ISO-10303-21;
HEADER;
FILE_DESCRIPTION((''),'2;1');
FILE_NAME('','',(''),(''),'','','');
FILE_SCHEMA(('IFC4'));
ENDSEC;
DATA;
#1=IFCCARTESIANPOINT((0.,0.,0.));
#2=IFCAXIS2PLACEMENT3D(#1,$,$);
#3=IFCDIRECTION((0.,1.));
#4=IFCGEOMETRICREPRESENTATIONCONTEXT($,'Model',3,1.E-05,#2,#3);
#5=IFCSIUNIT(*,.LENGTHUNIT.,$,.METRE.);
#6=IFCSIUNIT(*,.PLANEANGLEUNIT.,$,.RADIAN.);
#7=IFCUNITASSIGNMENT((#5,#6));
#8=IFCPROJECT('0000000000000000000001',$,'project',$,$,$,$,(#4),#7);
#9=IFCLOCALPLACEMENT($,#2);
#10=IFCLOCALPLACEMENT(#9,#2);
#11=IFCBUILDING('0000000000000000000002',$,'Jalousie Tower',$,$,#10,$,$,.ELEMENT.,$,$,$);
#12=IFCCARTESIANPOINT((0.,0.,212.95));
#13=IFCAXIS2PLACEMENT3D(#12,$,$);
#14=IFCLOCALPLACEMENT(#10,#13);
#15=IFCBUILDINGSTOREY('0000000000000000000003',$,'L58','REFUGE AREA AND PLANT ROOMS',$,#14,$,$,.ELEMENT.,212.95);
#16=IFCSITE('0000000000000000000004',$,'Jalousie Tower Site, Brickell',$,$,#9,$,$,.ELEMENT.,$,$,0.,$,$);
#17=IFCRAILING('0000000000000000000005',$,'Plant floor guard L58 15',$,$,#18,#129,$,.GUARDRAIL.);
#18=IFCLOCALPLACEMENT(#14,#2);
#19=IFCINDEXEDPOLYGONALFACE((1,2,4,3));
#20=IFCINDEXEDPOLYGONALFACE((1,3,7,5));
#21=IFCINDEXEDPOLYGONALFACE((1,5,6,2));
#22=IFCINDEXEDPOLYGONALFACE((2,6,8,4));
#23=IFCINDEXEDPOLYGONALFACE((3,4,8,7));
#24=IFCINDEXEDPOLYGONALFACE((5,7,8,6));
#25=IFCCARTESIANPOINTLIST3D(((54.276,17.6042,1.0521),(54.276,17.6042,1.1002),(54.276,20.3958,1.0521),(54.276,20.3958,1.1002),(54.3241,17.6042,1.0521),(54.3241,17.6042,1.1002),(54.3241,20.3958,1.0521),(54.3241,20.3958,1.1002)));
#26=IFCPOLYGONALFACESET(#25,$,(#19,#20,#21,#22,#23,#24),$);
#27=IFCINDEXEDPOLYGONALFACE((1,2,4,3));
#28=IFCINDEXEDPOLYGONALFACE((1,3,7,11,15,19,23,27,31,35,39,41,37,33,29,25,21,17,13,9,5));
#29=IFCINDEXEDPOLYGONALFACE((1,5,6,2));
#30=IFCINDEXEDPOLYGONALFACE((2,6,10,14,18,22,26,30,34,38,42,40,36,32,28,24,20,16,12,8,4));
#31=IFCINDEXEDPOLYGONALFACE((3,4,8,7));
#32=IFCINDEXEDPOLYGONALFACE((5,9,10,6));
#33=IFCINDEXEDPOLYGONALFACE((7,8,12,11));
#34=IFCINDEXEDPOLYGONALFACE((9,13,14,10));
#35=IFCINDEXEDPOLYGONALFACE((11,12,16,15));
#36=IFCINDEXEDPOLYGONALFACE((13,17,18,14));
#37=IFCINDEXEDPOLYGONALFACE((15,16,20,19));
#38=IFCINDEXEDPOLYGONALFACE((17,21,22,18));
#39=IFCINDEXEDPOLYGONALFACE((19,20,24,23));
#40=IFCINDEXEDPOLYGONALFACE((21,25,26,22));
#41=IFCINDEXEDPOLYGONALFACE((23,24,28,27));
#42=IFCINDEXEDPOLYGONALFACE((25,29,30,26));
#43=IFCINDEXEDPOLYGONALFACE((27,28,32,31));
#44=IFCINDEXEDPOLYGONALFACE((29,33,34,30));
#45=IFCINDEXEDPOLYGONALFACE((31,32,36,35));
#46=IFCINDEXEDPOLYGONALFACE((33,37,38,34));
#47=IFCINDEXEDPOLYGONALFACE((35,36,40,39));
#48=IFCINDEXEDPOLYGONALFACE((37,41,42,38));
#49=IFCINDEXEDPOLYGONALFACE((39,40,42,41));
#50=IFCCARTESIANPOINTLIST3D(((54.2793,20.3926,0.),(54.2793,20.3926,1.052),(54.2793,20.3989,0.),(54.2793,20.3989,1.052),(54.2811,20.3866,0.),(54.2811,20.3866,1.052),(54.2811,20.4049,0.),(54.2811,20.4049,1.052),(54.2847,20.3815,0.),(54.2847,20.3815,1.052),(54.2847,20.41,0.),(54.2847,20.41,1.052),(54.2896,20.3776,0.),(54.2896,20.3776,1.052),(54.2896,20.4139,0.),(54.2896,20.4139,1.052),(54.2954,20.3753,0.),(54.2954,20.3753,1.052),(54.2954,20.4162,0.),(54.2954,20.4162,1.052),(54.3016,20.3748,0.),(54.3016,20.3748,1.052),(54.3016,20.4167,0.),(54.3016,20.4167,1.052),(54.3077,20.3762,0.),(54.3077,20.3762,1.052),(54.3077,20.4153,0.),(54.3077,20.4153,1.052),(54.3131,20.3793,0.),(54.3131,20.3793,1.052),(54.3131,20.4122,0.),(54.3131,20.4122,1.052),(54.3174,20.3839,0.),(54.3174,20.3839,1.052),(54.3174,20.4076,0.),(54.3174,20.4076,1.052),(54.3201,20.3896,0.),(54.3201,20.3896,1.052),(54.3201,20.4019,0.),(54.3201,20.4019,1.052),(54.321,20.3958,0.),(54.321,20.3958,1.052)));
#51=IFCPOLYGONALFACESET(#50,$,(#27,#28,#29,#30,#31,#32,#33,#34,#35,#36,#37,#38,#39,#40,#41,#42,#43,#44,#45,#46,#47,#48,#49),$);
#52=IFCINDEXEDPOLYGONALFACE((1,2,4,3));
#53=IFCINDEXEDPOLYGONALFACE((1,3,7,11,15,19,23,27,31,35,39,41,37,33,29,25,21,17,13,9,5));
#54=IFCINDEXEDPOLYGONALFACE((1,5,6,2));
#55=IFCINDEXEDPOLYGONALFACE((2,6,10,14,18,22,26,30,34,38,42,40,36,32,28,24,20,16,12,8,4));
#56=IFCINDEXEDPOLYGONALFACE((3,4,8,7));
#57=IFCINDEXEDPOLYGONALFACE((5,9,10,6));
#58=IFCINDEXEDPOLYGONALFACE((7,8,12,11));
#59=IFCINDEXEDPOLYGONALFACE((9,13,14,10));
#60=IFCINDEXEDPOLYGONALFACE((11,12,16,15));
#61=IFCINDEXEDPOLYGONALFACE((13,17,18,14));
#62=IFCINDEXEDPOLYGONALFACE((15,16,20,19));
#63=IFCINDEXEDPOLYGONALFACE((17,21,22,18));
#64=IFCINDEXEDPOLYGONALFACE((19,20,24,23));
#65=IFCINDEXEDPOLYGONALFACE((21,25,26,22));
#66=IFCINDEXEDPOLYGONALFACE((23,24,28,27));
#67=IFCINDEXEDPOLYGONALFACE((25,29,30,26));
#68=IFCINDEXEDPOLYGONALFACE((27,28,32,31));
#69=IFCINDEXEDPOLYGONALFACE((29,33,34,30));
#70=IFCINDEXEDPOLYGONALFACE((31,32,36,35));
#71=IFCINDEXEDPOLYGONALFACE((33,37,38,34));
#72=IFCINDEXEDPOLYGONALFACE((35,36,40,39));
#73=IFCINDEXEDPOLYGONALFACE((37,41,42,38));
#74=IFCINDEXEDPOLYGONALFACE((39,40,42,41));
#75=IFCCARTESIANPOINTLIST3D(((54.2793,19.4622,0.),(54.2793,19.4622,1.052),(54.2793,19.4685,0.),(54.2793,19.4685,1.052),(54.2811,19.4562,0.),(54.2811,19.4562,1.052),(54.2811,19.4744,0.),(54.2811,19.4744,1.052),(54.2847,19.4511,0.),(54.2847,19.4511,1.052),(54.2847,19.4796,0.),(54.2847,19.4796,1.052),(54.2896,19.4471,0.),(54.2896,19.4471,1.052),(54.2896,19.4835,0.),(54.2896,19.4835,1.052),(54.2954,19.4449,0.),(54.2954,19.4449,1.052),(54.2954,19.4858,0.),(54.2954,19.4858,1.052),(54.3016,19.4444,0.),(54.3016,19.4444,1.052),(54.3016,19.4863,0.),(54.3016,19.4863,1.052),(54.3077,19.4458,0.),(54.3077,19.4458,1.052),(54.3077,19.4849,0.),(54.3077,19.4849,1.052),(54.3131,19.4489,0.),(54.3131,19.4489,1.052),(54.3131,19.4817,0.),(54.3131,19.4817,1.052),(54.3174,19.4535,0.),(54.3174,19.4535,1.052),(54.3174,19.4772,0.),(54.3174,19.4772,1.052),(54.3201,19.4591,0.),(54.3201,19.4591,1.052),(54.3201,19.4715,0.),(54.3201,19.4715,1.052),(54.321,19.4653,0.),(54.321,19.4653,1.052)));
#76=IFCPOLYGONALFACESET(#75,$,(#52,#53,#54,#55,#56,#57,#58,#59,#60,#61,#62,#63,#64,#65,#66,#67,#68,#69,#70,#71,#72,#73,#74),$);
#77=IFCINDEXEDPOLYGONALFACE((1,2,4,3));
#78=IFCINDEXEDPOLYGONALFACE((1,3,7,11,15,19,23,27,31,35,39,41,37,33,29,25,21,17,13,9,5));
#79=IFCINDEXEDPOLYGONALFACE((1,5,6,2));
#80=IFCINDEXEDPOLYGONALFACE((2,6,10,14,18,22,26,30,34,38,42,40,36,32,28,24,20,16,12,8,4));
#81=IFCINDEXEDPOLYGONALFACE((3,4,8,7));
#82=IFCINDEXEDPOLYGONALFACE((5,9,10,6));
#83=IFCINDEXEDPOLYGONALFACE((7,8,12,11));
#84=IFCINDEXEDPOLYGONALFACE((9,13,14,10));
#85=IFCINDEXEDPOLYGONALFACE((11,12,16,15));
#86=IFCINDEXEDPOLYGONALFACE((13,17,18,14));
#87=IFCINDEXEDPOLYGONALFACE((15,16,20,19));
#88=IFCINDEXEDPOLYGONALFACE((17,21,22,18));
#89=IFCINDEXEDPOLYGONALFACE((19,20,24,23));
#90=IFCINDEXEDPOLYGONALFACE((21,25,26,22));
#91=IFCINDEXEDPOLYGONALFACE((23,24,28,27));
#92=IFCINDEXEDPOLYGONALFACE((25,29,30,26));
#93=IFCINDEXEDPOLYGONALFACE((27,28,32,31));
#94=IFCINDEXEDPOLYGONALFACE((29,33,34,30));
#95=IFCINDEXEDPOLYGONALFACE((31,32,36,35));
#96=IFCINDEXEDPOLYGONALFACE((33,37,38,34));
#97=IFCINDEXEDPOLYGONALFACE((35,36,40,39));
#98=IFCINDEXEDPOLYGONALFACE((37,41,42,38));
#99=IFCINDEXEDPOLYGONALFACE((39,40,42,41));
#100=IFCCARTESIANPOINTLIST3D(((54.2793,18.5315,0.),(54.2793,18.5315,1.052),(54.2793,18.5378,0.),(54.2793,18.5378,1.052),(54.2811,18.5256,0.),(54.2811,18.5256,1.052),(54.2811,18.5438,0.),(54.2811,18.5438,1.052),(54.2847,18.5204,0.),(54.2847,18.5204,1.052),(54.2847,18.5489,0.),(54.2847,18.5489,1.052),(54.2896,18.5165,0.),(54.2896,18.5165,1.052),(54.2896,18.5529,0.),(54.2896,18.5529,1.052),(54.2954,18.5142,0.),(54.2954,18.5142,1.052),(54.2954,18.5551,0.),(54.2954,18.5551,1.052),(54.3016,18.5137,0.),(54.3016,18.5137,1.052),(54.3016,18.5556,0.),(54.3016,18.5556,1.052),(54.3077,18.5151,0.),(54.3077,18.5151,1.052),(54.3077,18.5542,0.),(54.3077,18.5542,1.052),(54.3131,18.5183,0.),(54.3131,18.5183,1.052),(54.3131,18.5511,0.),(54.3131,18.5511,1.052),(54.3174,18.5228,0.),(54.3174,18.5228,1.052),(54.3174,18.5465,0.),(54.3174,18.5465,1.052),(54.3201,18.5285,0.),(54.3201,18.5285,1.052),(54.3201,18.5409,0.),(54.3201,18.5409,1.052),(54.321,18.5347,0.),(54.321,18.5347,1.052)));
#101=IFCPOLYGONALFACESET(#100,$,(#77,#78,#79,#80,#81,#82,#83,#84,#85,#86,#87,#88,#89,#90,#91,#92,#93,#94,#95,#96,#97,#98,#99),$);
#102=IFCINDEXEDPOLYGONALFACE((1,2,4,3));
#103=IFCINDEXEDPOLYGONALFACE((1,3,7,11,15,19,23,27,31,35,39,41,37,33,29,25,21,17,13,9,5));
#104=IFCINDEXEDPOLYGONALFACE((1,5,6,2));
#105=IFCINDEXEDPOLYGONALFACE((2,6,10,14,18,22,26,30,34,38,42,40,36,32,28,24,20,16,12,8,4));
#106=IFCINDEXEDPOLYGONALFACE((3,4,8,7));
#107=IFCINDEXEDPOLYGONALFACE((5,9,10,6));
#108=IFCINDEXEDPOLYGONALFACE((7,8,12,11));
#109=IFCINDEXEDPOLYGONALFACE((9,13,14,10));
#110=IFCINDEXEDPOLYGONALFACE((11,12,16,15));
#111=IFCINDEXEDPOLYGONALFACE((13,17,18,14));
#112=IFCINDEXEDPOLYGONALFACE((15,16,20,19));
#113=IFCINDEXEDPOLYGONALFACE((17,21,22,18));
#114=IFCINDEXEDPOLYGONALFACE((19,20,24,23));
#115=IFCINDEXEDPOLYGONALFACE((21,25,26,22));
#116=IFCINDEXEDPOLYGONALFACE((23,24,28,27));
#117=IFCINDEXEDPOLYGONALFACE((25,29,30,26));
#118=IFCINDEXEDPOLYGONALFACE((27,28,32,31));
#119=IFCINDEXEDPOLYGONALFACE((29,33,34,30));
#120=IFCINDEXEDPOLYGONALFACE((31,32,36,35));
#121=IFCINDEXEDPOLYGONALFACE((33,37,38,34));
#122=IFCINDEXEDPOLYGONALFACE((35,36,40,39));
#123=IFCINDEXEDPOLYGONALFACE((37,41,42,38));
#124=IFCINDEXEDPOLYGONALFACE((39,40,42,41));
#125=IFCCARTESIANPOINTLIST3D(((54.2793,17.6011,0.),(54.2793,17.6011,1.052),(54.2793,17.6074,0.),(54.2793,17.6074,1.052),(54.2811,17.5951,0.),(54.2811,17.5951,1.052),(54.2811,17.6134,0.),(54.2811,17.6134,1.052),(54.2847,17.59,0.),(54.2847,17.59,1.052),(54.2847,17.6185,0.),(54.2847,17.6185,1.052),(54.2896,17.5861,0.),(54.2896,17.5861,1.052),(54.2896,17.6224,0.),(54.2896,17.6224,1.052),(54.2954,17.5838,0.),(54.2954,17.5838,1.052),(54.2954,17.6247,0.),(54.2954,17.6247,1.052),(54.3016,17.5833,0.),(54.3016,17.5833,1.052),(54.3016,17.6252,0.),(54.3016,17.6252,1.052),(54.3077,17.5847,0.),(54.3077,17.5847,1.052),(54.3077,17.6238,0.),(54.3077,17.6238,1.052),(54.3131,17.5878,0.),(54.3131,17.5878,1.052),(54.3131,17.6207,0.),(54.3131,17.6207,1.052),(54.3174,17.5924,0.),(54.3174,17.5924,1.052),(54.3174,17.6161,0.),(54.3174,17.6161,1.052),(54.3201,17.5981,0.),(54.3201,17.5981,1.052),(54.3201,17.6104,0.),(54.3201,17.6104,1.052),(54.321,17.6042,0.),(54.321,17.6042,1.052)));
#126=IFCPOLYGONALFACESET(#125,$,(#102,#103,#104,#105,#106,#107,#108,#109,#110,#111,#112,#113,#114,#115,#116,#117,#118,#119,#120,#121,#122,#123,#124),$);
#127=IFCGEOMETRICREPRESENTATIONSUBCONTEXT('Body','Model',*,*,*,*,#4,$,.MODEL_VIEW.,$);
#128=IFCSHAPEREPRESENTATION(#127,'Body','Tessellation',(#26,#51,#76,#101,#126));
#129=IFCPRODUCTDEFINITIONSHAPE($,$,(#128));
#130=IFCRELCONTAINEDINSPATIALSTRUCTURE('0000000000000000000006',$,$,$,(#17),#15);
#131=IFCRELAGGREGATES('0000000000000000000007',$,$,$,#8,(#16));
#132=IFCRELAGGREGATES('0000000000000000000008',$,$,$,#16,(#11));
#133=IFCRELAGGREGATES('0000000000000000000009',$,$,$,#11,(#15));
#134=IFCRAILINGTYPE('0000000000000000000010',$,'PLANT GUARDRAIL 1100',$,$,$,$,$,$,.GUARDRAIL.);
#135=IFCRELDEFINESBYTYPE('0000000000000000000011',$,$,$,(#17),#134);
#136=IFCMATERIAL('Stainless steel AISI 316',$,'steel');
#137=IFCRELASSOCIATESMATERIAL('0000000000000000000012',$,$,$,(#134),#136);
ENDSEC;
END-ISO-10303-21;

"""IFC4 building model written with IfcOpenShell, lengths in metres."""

from ifc_helpers import new_model, si_unit, direction, frame, origin, origin_2d, place, context, subcontext, project, spatial, rectangle, circle, extrude, material, type_object, element, save


model = new_model("IFC4")

# Units and contexts
model_context = context("Model", 3, precision=1e-05, world=origin(), true_north=direction((0.0, 1.0)))
body_context = subcontext(model_context, "Body", "Model", "MODEL_VIEW")
ifc_project = project(units=[si_unit("LENGTHUNIT", "METRE"), si_unit("PLANEANGLEUNIT", "RADIAN")], contexts=[model_context])

# Site, building, storey
site_placement = place(None, origin())
site = spatial("IfcSite", under=ifc_project, at=site_placement, Name="Jalousie Tower Site, Brickell", CompositionType="ELEMENT", RefElevation=0.0)
building_placement = place(site_placement, origin())
building = spatial("IfcBuilding", under=site, at=building_placement, Name="Jalousie Tower", CompositionType="ELEMENT")
storey_placement = place(building_placement, frame((0.0, 0.0, 212.95)))
storey = spatial("IfcBuildingStorey", under=building, at=storey_placement, Name="L58", Description="REFUGE AREA AND PLANT ROOMS", CompositionType="ELEMENT", Elevation=212.95)

# Railing
ifc_material_1 = material(Name="Stainless steel AISI 316", Category="steel")
railing_type = type_object("IfcRailingType", Name="PLANT GUARDRAIL 1100", PredefinedType="GUARDRAIL", material=ifc_material_1)
railing_1_placement = place(storey_placement, frame((54.3, 20.3958, 0.0)))
element("IfcRailing", 1, at=railing_1_placement, inside=storey, type_object=railing_type, Name="Plant floor guard L58 15", PredefinedType="GUARDRAIL", context=body_context, shape_type="SweptSolid", body=[
    extrude(rectangle(XDim=0.0481, YDim=0.0481, at=origin_2d()), frame((0.0, 0.0, 1.0762), z_axis=(0.0, -1.0, 0.0), x_axis=(1.0, 0.0, 0.0)), (0.0, 0.0, 1.0), 2.7915),
    extrude(circle(Radius=0.021, at=origin_2d()), origin(), (0.0, 0.0, 1.0), 1.052),
    extrude(circle(Radius=0.021, at=origin_2d()), frame((0.0, -0.9304, 0.0)), (0.0, 0.0, 1.0), 1.052),
    extrude(circle(Radius=0.021, at=origin_2d()), frame((0.0, -1.8611, 0.0)), (0.0, 0.0, 1.0), 1.052),
    extrude(circle(Radius=0.021, at=origin_2d()), frame((0.0, -2.7915, 0.0)), (0.0, 0.0, 1.0), 1.052),
])

save(model, "model.ifc")
